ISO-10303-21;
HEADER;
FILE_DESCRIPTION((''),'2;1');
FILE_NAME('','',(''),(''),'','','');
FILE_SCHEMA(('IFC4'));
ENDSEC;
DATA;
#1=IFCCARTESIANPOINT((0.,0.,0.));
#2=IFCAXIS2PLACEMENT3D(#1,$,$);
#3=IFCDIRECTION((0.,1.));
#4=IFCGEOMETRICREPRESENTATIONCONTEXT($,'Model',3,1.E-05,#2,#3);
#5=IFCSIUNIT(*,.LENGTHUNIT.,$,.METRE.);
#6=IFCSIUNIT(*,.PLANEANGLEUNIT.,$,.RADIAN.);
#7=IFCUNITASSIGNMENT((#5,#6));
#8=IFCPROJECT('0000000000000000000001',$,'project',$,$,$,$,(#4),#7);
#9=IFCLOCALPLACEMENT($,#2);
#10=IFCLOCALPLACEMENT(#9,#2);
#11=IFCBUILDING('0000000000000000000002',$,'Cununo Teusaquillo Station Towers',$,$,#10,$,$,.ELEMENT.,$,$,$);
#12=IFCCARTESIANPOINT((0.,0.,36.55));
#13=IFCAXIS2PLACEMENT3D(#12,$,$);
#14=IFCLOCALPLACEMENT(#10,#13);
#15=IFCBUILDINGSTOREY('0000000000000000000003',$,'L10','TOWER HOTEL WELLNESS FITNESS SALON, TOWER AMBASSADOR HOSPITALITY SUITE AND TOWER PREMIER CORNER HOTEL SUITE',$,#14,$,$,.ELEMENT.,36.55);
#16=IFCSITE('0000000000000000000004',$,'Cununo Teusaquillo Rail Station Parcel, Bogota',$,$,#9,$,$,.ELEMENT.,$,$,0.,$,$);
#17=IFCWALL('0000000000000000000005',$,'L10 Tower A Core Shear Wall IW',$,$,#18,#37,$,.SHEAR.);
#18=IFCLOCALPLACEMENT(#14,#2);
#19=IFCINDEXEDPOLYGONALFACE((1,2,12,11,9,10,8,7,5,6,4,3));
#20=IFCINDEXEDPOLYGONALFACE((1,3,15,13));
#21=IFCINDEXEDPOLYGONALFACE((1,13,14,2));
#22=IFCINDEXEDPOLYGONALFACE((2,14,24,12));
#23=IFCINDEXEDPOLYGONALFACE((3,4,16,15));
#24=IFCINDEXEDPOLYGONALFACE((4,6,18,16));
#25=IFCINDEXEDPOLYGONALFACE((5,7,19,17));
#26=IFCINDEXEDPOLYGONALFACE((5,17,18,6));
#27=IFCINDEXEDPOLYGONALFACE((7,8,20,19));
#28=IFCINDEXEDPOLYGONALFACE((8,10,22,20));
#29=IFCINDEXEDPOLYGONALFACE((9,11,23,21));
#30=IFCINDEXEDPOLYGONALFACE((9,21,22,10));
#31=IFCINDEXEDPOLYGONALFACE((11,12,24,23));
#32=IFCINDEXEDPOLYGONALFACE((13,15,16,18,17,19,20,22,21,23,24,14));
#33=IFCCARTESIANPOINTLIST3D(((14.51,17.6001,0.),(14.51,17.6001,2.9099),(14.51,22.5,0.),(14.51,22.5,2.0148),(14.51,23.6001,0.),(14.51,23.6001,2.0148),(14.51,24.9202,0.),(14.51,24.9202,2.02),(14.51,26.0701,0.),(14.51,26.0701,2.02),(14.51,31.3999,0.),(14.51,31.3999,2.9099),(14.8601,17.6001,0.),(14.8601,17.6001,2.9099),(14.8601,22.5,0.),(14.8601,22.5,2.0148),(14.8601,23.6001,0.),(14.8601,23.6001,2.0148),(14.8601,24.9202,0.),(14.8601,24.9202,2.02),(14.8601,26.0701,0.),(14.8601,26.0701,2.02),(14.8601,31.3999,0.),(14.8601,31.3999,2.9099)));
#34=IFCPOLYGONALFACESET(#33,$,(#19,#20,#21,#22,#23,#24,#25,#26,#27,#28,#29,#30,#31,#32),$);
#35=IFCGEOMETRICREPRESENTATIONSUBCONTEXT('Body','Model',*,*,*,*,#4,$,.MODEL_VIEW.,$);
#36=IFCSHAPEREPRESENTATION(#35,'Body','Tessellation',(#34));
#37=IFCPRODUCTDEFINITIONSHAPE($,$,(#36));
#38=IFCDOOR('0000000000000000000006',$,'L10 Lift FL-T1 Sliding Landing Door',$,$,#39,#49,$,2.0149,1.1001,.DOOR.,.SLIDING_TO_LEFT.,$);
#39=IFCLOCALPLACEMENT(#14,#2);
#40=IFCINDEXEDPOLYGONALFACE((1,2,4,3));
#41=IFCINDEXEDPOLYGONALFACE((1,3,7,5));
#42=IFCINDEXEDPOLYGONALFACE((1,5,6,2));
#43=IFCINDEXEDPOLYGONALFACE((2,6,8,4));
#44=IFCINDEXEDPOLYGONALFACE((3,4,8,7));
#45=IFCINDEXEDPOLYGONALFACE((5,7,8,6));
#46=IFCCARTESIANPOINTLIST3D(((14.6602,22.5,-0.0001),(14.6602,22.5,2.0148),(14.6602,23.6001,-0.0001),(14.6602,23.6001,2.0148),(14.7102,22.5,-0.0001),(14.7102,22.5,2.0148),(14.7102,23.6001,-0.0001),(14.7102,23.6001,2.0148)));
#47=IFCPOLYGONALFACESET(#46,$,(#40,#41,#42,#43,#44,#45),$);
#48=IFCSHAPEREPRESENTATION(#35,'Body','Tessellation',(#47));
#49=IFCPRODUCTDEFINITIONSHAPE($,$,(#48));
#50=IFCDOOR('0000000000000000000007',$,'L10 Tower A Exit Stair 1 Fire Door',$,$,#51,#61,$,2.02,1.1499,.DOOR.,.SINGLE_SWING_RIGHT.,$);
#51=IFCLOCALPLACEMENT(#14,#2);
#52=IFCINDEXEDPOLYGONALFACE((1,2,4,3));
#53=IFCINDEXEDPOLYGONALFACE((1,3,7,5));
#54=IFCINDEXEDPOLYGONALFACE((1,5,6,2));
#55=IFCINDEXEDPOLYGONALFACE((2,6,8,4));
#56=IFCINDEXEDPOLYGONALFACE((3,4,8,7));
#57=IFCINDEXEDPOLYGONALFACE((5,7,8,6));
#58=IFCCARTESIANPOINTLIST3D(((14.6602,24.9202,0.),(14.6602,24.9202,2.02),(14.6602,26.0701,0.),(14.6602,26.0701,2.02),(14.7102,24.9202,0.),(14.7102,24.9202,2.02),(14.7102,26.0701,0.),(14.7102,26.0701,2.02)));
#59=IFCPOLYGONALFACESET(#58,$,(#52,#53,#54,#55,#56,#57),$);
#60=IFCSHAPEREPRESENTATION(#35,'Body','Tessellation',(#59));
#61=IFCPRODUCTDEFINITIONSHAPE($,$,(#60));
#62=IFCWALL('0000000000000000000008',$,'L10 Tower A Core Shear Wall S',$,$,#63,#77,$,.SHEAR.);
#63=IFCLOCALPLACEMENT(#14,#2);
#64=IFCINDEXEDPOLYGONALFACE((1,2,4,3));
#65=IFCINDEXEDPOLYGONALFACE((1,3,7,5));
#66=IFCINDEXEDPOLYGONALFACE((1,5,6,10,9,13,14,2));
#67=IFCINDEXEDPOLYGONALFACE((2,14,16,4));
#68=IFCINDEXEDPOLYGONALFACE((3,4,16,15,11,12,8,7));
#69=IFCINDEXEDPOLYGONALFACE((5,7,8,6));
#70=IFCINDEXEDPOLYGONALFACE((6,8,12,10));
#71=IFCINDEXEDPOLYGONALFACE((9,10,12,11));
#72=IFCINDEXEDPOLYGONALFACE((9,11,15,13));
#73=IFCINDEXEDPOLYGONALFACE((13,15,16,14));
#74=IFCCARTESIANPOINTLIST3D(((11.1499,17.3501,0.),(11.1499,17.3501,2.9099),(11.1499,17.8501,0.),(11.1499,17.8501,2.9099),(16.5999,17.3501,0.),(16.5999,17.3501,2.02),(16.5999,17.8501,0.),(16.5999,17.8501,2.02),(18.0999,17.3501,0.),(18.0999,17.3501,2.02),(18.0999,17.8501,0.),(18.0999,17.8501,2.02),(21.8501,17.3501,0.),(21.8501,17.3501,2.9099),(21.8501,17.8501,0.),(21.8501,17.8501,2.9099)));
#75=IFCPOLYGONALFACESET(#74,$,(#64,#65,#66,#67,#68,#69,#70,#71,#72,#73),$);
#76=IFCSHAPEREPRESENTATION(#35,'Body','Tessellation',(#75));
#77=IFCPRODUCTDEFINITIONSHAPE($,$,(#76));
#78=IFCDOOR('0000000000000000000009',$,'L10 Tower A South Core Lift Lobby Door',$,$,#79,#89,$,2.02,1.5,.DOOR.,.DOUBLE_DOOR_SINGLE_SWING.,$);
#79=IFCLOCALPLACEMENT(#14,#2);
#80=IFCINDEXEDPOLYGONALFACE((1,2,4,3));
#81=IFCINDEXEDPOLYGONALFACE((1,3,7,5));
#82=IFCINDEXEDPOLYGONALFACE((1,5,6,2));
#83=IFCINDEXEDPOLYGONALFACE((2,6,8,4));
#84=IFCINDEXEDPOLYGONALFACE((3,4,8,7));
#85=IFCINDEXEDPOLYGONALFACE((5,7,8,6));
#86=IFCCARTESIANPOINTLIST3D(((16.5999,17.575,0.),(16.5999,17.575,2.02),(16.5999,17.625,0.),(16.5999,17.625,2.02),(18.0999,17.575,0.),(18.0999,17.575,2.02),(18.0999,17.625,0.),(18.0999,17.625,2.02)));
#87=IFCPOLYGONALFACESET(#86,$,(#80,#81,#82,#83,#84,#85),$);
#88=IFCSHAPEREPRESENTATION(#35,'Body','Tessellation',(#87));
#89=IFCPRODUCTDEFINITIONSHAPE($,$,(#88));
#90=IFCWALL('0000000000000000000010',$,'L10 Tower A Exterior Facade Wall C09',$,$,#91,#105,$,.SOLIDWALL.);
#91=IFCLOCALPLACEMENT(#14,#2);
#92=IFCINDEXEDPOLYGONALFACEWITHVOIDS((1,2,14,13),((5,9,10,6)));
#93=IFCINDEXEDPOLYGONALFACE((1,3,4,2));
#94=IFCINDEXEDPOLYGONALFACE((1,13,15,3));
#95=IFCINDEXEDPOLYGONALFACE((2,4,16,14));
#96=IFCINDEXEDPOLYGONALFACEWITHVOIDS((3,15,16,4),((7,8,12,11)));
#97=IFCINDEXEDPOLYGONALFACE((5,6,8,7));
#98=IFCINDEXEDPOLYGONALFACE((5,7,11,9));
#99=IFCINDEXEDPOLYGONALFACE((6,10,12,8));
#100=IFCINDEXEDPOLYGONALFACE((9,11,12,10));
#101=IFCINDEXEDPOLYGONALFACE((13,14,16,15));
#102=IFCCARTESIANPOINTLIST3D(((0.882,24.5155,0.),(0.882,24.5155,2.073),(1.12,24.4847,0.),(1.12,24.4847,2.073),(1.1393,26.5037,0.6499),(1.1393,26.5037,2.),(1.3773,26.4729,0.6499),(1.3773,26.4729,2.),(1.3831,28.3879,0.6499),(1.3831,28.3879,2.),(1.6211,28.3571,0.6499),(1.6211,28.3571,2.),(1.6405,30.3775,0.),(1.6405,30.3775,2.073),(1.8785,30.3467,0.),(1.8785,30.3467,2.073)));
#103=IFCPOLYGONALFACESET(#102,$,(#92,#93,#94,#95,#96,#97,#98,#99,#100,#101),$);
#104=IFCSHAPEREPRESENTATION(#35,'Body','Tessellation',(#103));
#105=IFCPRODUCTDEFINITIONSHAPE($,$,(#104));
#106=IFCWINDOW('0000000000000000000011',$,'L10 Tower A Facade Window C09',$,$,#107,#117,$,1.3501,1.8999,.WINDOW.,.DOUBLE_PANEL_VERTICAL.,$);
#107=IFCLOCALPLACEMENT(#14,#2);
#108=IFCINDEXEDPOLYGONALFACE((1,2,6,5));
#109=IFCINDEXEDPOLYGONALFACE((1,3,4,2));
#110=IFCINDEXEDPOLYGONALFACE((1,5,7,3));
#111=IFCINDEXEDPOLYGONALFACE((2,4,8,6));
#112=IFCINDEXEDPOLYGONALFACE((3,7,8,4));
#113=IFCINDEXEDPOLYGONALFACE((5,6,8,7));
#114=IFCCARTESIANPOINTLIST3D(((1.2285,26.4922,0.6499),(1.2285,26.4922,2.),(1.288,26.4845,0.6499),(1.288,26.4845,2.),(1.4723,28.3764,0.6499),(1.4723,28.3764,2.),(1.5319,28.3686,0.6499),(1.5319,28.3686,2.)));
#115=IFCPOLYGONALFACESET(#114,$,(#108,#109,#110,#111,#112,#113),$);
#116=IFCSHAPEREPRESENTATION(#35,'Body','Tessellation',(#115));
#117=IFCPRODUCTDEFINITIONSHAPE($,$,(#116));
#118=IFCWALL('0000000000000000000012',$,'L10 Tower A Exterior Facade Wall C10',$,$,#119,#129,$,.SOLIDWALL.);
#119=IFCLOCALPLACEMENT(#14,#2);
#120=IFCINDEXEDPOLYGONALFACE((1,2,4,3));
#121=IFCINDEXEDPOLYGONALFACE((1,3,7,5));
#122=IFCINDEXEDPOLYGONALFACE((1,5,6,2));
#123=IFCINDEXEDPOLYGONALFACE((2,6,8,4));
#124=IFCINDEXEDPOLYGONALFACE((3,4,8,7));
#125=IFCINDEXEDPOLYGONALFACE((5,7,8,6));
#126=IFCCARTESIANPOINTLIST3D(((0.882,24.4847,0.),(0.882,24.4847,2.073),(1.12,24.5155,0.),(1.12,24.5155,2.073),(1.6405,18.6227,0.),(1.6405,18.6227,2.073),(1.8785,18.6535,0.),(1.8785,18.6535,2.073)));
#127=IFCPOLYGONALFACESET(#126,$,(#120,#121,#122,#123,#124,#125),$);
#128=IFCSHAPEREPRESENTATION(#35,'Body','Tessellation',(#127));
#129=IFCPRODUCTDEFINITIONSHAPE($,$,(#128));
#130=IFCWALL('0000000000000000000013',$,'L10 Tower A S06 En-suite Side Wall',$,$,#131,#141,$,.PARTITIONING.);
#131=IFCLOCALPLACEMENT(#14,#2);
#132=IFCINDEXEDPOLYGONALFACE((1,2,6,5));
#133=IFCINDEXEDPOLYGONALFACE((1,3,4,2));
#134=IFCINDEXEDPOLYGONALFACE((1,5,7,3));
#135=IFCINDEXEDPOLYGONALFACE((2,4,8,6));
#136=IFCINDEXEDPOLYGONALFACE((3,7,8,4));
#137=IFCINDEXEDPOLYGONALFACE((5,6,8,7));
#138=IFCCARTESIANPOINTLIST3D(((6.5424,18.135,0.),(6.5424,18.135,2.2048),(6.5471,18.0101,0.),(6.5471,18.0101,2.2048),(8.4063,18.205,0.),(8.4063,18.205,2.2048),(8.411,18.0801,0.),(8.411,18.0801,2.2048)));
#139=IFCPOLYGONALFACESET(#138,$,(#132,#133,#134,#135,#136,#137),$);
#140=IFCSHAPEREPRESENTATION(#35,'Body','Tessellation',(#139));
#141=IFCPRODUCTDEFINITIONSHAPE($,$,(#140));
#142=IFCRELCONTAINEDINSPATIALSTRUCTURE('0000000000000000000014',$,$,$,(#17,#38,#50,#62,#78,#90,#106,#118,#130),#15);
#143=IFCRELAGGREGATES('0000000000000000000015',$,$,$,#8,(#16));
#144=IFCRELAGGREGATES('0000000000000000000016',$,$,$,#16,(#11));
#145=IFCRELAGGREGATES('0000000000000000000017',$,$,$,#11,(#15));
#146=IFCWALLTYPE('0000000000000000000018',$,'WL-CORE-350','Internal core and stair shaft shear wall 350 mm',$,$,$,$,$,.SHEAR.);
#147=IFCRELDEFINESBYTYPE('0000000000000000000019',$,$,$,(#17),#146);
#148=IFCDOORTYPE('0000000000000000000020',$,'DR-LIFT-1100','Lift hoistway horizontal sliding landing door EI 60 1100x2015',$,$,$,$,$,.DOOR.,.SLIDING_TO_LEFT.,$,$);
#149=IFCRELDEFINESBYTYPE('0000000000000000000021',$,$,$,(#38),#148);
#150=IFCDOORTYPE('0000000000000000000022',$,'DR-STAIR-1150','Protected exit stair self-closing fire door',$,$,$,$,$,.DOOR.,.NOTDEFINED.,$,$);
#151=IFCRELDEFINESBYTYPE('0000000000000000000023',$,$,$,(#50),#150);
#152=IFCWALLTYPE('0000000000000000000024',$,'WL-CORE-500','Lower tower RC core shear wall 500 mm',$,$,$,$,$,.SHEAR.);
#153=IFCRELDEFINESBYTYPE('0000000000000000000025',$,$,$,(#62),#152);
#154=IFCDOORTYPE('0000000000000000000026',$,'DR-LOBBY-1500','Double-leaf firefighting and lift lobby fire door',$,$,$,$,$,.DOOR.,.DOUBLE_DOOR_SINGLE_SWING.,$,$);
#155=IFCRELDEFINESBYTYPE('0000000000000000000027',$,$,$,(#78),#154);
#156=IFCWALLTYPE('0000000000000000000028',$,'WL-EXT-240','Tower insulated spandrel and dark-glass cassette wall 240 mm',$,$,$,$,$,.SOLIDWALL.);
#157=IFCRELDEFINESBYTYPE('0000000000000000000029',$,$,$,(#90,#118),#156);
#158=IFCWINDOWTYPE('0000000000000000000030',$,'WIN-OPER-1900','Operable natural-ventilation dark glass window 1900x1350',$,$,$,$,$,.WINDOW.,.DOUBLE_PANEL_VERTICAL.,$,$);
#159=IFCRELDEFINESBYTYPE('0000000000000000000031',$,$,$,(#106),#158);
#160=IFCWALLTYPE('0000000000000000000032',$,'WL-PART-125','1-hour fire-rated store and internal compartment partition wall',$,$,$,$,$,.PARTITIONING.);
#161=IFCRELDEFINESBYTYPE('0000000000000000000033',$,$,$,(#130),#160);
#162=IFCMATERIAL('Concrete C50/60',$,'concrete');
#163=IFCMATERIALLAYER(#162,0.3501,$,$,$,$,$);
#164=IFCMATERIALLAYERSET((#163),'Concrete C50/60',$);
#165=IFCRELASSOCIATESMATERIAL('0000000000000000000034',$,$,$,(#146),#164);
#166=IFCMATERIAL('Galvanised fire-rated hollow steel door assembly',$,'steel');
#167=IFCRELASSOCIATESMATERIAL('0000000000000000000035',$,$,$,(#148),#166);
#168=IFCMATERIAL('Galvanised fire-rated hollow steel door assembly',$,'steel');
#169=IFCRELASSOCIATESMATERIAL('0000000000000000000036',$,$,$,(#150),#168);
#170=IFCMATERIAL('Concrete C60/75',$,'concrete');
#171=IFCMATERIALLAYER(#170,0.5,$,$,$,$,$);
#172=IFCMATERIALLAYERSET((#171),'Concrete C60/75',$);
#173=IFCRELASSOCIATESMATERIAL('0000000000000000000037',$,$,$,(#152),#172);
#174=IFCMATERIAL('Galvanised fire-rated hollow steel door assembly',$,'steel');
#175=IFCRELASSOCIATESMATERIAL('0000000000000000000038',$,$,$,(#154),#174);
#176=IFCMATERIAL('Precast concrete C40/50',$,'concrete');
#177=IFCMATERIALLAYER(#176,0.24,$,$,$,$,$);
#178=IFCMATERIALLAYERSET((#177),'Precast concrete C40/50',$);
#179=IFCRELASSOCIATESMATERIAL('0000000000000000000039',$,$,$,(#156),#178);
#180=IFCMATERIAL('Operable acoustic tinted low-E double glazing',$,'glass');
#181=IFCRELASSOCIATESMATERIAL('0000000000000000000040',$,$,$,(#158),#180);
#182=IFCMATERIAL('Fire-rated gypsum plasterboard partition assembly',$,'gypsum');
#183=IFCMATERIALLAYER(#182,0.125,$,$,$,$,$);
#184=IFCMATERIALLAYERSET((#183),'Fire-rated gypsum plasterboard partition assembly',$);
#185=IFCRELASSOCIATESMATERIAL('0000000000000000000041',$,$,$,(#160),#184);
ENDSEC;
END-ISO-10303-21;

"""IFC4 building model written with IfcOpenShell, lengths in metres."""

from ifc_helpers import new_model, si_unit, direction, frame, frame_2d, origin, place, context, subcontext, project, spatial, rectangle, extrude, source, transform, mapped, material, layer, layer_set, type_object, element, fill, save


model = new_model("IFC4")

# Units and contexts
model_context = context("Model", 3, precision=1e-05, world=origin(), true_north=direction((0.0, 1.0)))
body_context = subcontext(model_context, "Body", "Model", "MODEL_VIEW")
ifc_project = project(units=[si_unit("LENGTHUNIT", "METRE"), si_unit("PLANEANGLEUNIT", "RADIAN")], contexts=[model_context])

# Site, building, storey
site_placement = place(None, origin())
site = spatial("IfcSite", under=ifc_project, at=site_placement, Name="Cununo Teusaquillo Rail Station Parcel, Bogota", CompositionType="ELEMENT", RefElevation=0.0)
building_placement = place(site_placement, origin())
building = spatial("IfcBuilding", under=site, at=building_placement, Name="Cununo Teusaquillo Station Towers", CompositionType="ELEMENT")
storey_placement = place(building_placement, frame((0.0, 0.0, 36.55)))
storey = spatial("IfcBuildingStorey", under=building, at=storey_placement, Name="L10", Description="TOWER HOTEL WELLNESS FITNESS SALON, TOWER AMBASSADOR HOSPITALITY SUITE AND TOWER PREMIER CORNER HOTEL SUITE", CompositionType="ELEMENT", Elevation=36.55)

# Wall, openings, doors
ifc_material_1 = material(Name="Concrete C50/60", Category="concrete")
ifc_layer_1 = layer(ifc_material_1, 0.3501)
ifc_layer_set_1 = layer_set([ifc_layer_1], Name="Concrete C50/60")
wall_type_1 = type_object("IfcWallType", Name="WL-CORE-350", Description="Internal core and stair shaft shear wall 350 mm", PredefinedType="SHEAR", material=ifc_layer_set_1)
wall_1_placement = place(storey_placement, frame((14.6851, 17.6001, 0.0), z_axis=(0.0, 0.0, 1.0), x_axis=(0.0, 1.0, 0.0)))
wall_1 = element("IfcWall", 1, at=wall_1_placement, inside=storey, type_object=wall_type_1, Name="L10 Tower A Core Shear Wall IW", PredefinedType="SHEAR", context=body_context, shape_type="SweptSolid", body=[
    extrude(rectangle(XDim=13.7998, YDim=0.3501, at=frame_2d((6.8999, 0.0))), origin(), (0.0, 0.0, 1.0), 2.9099),
])
shared_shape_1 = source(origin(), body_context, "Body", "SweptSolid", [
    extrude(rectangle(XDim=1.1001, YDim=2.0149, at=frame_2d((0.55, 1.0073))), frame((0.0, 0.1851, 0.0), z_axis=(0.0, -1.0, 0.0), x_axis=(1.0, 0.0, 0.0)), (0.0, 0.0, 1.0), 0.3701),
])
opening_1_placement = place(wall_1_placement, frame((4.8999, 0.0, 0.0)))
opening_1 = element("IfcOpeningElement", 2, at=opening_1_placement, cuts=wall_1, PredefinedType="OPENING", context=body_context, shape_type="MappedRepresentation", body=[
    mapped(shared_shape_1, transform((0.0, 0.0, 0.0), x_axis=(1.0, 0.0, 0.0), y_axis=(0.0, 1.0, 0.0), z_axis=(0.0, 0.0, 1.0), scale=1.0)),
])
shared_shape_2 = source(origin(), body_context, "Body", "SweptSolid", [
    extrude(rectangle(XDim=1.1499, YDim=2.02, at=frame_2d((0.575, 1.01))), frame((0.0, 0.1851, 0.0), z_axis=(0.0, -1.0, 0.0), x_axis=(1.0, 0.0, 0.0)), (0.0, 0.0, 1.0), 0.3701),
])
opening_2_placement = place(wall_1_placement, frame((7.3201, 0.0, 0.0)))
opening_2 = element("IfcOpeningElement", 3, at=opening_2_placement, cuts=wall_1, PredefinedType="OPENING", context=body_context, shape_type="MappedRepresentation", body=[
    mapped(shared_shape_2, transform((0.0, 0.0, 0.0), x_axis=(1.0, 0.0, 0.0), y_axis=(0.0, 1.0, 0.0), z_axis=(0.0, 0.0, 1.0), scale=1.0)),
])
ifc_material_2 = material(Name="Galvanised fire-rated hollow steel door assembly", Category="steel")
door_type_1 = type_object("IfcDoorType", Name="DR-LIFT-1100", Description="Lift hoistway horizontal sliding landing door EI 60 1100x2015", OperationType="SLIDING_TO_LEFT", PredefinedType="DOOR", material=ifc_material_2)
shared_shape_3 = source(origin(), body_context, "Body", "SweptSolid", [
    extrude(rectangle(XDim=1.1001, YDim=2.0149, at=frame_2d((0.55, 1.0073))), frame((0.0, 0.0249, 0.0), z_axis=(0.0, -1.0, 0.0), x_axis=(1.0, 0.0, 0.0)), (0.0, 0.0, 1.0), 0.05),
])
door_1_placement = place(opening_1_placement, origin())
door_1 = element("IfcDoor", 4, at=door_1_placement, inside=storey, type_object=door_type_1, Name="L10 Lift FL-T1 Sliding Landing Door", OperationType="SLIDING_TO_LEFT", OverallHeight=2.0149, OverallWidth=1.1001, PredefinedType="DOOR", context=body_context, shape_type="MappedRepresentation", body=[
    mapped(shared_shape_3, transform((0.0, 0.0, 0.0), x_axis=(1.0, 0.0, 0.0), y_axis=(0.0, 1.0, 0.0), z_axis=(0.0, 0.0, 1.0), scale=1.0)),
])
fill(opening_1, door_1)
ifc_material_3 = material(Name="Galvanised fire-rated hollow steel door assembly", Category="steel")
door_type_2 = type_object("IfcDoorType", Name="DR-STAIR-1150", Description="Protected exit stair self-closing fire door", OperationType="NOTDEFINED", PredefinedType="DOOR", material=ifc_material_3)
shared_shape_4 = source(origin(), body_context, "Body", "SweptSolid", [
    extrude(rectangle(XDim=1.1499, YDim=2.02, at=frame_2d((0.575, 1.01))), frame((0.0, 0.0249, 0.0), z_axis=(0.0, -1.0, 0.0), x_axis=(1.0, 0.0, 0.0)), (0.0, 0.0, 1.0), 0.05),
])
door_2_placement = place(opening_2_placement, origin())
door_2 = element("IfcDoor", 5, at=door_2_placement, inside=storey, type_object=door_type_2, Name="L10 Tower A Exit Stair 1 Fire Door", OperationType="SINGLE_SWING_RIGHT", OverallHeight=2.02, OverallWidth=1.1499, PredefinedType="DOOR", context=body_context, shape_type="MappedRepresentation", body=[
    mapped(shared_shape_4, transform((0.0, 0.0, 0.0), x_axis=(1.0, 0.0, 0.0), y_axis=(0.0, 1.0, 0.0), z_axis=(0.0, 0.0, 1.0), scale=1.0)),
])
fill(opening_2, door_2)

# Wall, opening, door
ifc_material_4 = material(Name="Concrete C60/75", Category="concrete")
ifc_layer_2 = layer(ifc_material_4, 0.5)
ifc_layer_set_2 = layer_set([ifc_layer_2], Name="Concrete C60/75")
wall_type_2 = type_object("IfcWallType", Name="WL-CORE-500", Description="Lower tower RC core shear wall 500 mm", PredefinedType="SHEAR", material=ifc_layer_set_2)
wall_2_placement = place(storey_placement, frame((11.1499, 17.6001, 0.0), z_axis=(0.0, 0.0, 1.0), x_axis=(1.0, 0.0, 0.0)))
wall_2 = element("IfcWall", 6, at=wall_2_placement, inside=storey, type_object=wall_type_2, Name="L10 Tower A Core Shear Wall S", PredefinedType="SHEAR", context=body_context, shape_type="SweptSolid", body=[
    extrude(rectangle(XDim=10.7002, YDim=0.5, at=frame_2d((5.3501, 0.0))), origin(), (0.0, 0.0, 1.0), 2.9099),
])
shared_shape_5 = source(origin(), body_context, "Body", "SweptSolid", [
    extrude(rectangle(XDim=1.5, YDim=2.02, at=frame_2d((0.75, 1.01))), frame((0.0, 0.26, 0.0), z_axis=(0.0, -1.0, 0.0), x_axis=(1.0, 0.0, 0.0)), (0.0, 0.0, 1.0), 0.52),
])
opening_3_placement = place(wall_2_placement, frame((5.45, 0.0, 0.0)))
opening_3 = element("IfcOpeningElement", 7, at=opening_3_placement, cuts=wall_2, PredefinedType="OPENING", context=body_context, shape_type="MappedRepresentation", body=[
    mapped(shared_shape_5, transform((0.0, 0.0, 0.0), x_axis=(1.0, 0.0, 0.0), y_axis=(0.0, 1.0, 0.0), z_axis=(0.0, 0.0, 1.0), scale=1.0)),
])
ifc_material_5 = material(Name="Galvanised fire-rated hollow steel door assembly", Category="steel")
door_type_3 = type_object("IfcDoorType", Name="DR-LOBBY-1500", Description="Double-leaf firefighting and lift lobby fire door", OperationType="DOUBLE_DOOR_SINGLE_SWING", PredefinedType="DOOR", material=ifc_material_5)
shared_shape_6 = source(origin(), body_context, "Body", "SweptSolid", [
    extrude(rectangle(XDim=1.5, YDim=2.02, at=frame_2d((0.75, 1.01))), frame((0.0, 0.0249, 0.0), z_axis=(0.0, -1.0, 0.0), x_axis=(1.0, 0.0, 0.0)), (0.0, 0.0, 1.0), 0.05),
])
door_3_placement = place(opening_3_placement, origin())
door_3 = element("IfcDoor", 8, at=door_3_placement, inside=storey, type_object=door_type_3, Name="L10 Tower A South Core Lift Lobby Door", OperationType="DOUBLE_DOOR_SINGLE_SWING", OverallHeight=2.02, OverallWidth=1.5, PredefinedType="DOOR", context=body_context, shape_type="MappedRepresentation", body=[
    mapped(shared_shape_6, transform((0.0, 0.0, 0.0), x_axis=(1.0, 0.0, 0.0), y_axis=(0.0, 1.0, 0.0), z_axis=(0.0, 0.0, 1.0), scale=1.0)),
])
fill(opening_3, door_3)

# Wall, opening, window
ifc_material_6 = material(Name="Precast concrete C40/50", Category="concrete")
ifc_layer_3 = layer(ifc_material_6, 0.24)
ifc_layer_set_3 = layer_set([ifc_layer_3], Name="Precast concrete C40/50")
wall_type_3 = type_object("IfcWallType", Name="WL-EXT-240", Description="Tower insulated spandrel and dark-glass cassette wall 240 mm", PredefinedType="SOLIDWALL", material=ifc_layer_set_3)
wall_3_placement = place(storey_placement, frame((1.001, 24.5, 0.0), z_axis=(0.0, 0.0, 1.0), x_axis=(0.128329, 0.991732, 0.0)))
wall_3 = element("IfcWall", 9, at=wall_3_placement, inside=storey, type_object=wall_type_3, Name="L10 Tower A Exterior Facade Wall C09", PredefinedType="SOLIDWALL", context=body_context, shape_type="SweptSolid", body=[
    extrude(rectangle(XDim=5.9109, YDim=0.24, at=frame_2d((2.9556, 0.0))), origin(), (0.0, 0.0, 1.0), 2.073),
])
shared_shape_7 = source(origin(), body_context, "Body", "SweptSolid", [
    extrude(rectangle(XDim=1.8999, YDim=1.3501, at=frame_2d((0.95, 0.675))), frame((0.0, 0.1299, 0.0), z_axis=(0.0, -1.0, 0.0), x_axis=(1.0, 0.0, 0.0)), (0.0, 0.0, 1.0), 0.26),
])
opening_4_placement = place(wall_3_placement, frame((2.0049, 0.0, 0.6499)))
opening_4 = element("IfcOpeningElement", 10, at=opening_4_placement, cuts=wall_3, PredefinedType="OPENING", context=body_context, shape_type="MappedRepresentation", body=[
    mapped(shared_shape_7, transform((0.0, 0.0, 0.0), x_axis=(1.0, 0.0, 0.0), y_axis=(0.0, 1.0, 0.0), z_axis=(0.0, 0.0, 1.0), scale=1.0)),
])
ifc_material_7 = material(Name="Operable acoustic tinted low-E double glazing", Category="glass")
window_type = type_object("IfcWindowType", Name="WIN-OPER-1900", Description="Operable natural-ventilation dark glass window 1900x1350", PartitioningType="DOUBLE_PANEL_VERTICAL", PredefinedType="WINDOW", material=ifc_material_7)
shared_shape_8 = source(origin(), body_context, "Body", "SweptSolid", [
    extrude(rectangle(XDim=1.8999, YDim=1.3501, at=frame_2d((0.95, 0.675))), frame((0.0, 0.03, 0.0), z_axis=(0.0, -1.0, 0.0), x_axis=(1.0, 0.0, 0.0)), (0.0, 0.0, 1.0), 0.0601),
])
window_placement = place(opening_4_placement, origin())
window = element("IfcWindow", 11, at=window_placement, inside=storey, type_object=window_type, Name="L10 Tower A Facade Window C09", OverallHeight=1.3501, OverallWidth=1.8999, PartitioningType="DOUBLE_PANEL_VERTICAL", PredefinedType="WINDOW", context=body_context, shape_type="MappedRepresentation", body=[
    mapped(shared_shape_8, transform((0.0, 0.0, 0.0), x_axis=(1.0, 0.0, 0.0), y_axis=(0.0, 1.0, 0.0), z_axis=(0.0, 0.0, 1.0), scale=1.0)),
])
fill(opening_4, window)

# Walls
wall_4_placement = place(storey_placement, frame((1.7595, 18.6379, 0.0), z_axis=(0.0, 0.0, 1.0), x_axis=(-0.128329, 0.991732, 0.0)))
element("IfcWall", 12, at=wall_4_placement, inside=storey, type_object=wall_type_3, Name="L10 Tower A Exterior Facade Wall C10", PredefinedType="SOLIDWALL", context=body_context, shape_type="SweptSolid", body=[
    extrude(rectangle(XDim=5.9109, YDim=0.24, at=frame_2d((2.9556, 0.0))), origin(), (0.0, 0.0, 1.0), 2.073),
])
ifc_material_8 = material(Name="Fire-rated gypsum plasterboard partition assembly", Category="gypsum")
ifc_layer_4 = layer(ifc_material_8, 0.125)
ifc_layer_set_4 = layer_set([ifc_layer_4], Name="Fire-rated gypsum plasterboard partition assembly")
wall_type_4 = type_object("IfcWallType", Name="WL-PART-125", Description="1-hour fire-rated store and internal compartment partition wall", PredefinedType="PARTITIONING", material=ifc_layer_set_4)
wall_5_placement = place(storey_placement, frame((8.4087, 18.1426, 0.0), z_axis=(0.0, 0.0, 1.0), x_axis=(-0.999294, -0.037564, 0.0)))
element("IfcWall", 13, at=wall_5_placement, inside=storey, type_object=wall_type_4, Name="L10 Tower A S06 En-suite Side Wall", PredefinedType="PARTITIONING", context=body_context, shape_type="SweptSolid", body=[
    extrude(rectangle(XDim=1.8652, YDim=0.125, at=frame_2d((0.9326, 0.0))), origin(), (0.0, 0.0, 1.0), 2.2048),
])

save(model, "model.ifc")
